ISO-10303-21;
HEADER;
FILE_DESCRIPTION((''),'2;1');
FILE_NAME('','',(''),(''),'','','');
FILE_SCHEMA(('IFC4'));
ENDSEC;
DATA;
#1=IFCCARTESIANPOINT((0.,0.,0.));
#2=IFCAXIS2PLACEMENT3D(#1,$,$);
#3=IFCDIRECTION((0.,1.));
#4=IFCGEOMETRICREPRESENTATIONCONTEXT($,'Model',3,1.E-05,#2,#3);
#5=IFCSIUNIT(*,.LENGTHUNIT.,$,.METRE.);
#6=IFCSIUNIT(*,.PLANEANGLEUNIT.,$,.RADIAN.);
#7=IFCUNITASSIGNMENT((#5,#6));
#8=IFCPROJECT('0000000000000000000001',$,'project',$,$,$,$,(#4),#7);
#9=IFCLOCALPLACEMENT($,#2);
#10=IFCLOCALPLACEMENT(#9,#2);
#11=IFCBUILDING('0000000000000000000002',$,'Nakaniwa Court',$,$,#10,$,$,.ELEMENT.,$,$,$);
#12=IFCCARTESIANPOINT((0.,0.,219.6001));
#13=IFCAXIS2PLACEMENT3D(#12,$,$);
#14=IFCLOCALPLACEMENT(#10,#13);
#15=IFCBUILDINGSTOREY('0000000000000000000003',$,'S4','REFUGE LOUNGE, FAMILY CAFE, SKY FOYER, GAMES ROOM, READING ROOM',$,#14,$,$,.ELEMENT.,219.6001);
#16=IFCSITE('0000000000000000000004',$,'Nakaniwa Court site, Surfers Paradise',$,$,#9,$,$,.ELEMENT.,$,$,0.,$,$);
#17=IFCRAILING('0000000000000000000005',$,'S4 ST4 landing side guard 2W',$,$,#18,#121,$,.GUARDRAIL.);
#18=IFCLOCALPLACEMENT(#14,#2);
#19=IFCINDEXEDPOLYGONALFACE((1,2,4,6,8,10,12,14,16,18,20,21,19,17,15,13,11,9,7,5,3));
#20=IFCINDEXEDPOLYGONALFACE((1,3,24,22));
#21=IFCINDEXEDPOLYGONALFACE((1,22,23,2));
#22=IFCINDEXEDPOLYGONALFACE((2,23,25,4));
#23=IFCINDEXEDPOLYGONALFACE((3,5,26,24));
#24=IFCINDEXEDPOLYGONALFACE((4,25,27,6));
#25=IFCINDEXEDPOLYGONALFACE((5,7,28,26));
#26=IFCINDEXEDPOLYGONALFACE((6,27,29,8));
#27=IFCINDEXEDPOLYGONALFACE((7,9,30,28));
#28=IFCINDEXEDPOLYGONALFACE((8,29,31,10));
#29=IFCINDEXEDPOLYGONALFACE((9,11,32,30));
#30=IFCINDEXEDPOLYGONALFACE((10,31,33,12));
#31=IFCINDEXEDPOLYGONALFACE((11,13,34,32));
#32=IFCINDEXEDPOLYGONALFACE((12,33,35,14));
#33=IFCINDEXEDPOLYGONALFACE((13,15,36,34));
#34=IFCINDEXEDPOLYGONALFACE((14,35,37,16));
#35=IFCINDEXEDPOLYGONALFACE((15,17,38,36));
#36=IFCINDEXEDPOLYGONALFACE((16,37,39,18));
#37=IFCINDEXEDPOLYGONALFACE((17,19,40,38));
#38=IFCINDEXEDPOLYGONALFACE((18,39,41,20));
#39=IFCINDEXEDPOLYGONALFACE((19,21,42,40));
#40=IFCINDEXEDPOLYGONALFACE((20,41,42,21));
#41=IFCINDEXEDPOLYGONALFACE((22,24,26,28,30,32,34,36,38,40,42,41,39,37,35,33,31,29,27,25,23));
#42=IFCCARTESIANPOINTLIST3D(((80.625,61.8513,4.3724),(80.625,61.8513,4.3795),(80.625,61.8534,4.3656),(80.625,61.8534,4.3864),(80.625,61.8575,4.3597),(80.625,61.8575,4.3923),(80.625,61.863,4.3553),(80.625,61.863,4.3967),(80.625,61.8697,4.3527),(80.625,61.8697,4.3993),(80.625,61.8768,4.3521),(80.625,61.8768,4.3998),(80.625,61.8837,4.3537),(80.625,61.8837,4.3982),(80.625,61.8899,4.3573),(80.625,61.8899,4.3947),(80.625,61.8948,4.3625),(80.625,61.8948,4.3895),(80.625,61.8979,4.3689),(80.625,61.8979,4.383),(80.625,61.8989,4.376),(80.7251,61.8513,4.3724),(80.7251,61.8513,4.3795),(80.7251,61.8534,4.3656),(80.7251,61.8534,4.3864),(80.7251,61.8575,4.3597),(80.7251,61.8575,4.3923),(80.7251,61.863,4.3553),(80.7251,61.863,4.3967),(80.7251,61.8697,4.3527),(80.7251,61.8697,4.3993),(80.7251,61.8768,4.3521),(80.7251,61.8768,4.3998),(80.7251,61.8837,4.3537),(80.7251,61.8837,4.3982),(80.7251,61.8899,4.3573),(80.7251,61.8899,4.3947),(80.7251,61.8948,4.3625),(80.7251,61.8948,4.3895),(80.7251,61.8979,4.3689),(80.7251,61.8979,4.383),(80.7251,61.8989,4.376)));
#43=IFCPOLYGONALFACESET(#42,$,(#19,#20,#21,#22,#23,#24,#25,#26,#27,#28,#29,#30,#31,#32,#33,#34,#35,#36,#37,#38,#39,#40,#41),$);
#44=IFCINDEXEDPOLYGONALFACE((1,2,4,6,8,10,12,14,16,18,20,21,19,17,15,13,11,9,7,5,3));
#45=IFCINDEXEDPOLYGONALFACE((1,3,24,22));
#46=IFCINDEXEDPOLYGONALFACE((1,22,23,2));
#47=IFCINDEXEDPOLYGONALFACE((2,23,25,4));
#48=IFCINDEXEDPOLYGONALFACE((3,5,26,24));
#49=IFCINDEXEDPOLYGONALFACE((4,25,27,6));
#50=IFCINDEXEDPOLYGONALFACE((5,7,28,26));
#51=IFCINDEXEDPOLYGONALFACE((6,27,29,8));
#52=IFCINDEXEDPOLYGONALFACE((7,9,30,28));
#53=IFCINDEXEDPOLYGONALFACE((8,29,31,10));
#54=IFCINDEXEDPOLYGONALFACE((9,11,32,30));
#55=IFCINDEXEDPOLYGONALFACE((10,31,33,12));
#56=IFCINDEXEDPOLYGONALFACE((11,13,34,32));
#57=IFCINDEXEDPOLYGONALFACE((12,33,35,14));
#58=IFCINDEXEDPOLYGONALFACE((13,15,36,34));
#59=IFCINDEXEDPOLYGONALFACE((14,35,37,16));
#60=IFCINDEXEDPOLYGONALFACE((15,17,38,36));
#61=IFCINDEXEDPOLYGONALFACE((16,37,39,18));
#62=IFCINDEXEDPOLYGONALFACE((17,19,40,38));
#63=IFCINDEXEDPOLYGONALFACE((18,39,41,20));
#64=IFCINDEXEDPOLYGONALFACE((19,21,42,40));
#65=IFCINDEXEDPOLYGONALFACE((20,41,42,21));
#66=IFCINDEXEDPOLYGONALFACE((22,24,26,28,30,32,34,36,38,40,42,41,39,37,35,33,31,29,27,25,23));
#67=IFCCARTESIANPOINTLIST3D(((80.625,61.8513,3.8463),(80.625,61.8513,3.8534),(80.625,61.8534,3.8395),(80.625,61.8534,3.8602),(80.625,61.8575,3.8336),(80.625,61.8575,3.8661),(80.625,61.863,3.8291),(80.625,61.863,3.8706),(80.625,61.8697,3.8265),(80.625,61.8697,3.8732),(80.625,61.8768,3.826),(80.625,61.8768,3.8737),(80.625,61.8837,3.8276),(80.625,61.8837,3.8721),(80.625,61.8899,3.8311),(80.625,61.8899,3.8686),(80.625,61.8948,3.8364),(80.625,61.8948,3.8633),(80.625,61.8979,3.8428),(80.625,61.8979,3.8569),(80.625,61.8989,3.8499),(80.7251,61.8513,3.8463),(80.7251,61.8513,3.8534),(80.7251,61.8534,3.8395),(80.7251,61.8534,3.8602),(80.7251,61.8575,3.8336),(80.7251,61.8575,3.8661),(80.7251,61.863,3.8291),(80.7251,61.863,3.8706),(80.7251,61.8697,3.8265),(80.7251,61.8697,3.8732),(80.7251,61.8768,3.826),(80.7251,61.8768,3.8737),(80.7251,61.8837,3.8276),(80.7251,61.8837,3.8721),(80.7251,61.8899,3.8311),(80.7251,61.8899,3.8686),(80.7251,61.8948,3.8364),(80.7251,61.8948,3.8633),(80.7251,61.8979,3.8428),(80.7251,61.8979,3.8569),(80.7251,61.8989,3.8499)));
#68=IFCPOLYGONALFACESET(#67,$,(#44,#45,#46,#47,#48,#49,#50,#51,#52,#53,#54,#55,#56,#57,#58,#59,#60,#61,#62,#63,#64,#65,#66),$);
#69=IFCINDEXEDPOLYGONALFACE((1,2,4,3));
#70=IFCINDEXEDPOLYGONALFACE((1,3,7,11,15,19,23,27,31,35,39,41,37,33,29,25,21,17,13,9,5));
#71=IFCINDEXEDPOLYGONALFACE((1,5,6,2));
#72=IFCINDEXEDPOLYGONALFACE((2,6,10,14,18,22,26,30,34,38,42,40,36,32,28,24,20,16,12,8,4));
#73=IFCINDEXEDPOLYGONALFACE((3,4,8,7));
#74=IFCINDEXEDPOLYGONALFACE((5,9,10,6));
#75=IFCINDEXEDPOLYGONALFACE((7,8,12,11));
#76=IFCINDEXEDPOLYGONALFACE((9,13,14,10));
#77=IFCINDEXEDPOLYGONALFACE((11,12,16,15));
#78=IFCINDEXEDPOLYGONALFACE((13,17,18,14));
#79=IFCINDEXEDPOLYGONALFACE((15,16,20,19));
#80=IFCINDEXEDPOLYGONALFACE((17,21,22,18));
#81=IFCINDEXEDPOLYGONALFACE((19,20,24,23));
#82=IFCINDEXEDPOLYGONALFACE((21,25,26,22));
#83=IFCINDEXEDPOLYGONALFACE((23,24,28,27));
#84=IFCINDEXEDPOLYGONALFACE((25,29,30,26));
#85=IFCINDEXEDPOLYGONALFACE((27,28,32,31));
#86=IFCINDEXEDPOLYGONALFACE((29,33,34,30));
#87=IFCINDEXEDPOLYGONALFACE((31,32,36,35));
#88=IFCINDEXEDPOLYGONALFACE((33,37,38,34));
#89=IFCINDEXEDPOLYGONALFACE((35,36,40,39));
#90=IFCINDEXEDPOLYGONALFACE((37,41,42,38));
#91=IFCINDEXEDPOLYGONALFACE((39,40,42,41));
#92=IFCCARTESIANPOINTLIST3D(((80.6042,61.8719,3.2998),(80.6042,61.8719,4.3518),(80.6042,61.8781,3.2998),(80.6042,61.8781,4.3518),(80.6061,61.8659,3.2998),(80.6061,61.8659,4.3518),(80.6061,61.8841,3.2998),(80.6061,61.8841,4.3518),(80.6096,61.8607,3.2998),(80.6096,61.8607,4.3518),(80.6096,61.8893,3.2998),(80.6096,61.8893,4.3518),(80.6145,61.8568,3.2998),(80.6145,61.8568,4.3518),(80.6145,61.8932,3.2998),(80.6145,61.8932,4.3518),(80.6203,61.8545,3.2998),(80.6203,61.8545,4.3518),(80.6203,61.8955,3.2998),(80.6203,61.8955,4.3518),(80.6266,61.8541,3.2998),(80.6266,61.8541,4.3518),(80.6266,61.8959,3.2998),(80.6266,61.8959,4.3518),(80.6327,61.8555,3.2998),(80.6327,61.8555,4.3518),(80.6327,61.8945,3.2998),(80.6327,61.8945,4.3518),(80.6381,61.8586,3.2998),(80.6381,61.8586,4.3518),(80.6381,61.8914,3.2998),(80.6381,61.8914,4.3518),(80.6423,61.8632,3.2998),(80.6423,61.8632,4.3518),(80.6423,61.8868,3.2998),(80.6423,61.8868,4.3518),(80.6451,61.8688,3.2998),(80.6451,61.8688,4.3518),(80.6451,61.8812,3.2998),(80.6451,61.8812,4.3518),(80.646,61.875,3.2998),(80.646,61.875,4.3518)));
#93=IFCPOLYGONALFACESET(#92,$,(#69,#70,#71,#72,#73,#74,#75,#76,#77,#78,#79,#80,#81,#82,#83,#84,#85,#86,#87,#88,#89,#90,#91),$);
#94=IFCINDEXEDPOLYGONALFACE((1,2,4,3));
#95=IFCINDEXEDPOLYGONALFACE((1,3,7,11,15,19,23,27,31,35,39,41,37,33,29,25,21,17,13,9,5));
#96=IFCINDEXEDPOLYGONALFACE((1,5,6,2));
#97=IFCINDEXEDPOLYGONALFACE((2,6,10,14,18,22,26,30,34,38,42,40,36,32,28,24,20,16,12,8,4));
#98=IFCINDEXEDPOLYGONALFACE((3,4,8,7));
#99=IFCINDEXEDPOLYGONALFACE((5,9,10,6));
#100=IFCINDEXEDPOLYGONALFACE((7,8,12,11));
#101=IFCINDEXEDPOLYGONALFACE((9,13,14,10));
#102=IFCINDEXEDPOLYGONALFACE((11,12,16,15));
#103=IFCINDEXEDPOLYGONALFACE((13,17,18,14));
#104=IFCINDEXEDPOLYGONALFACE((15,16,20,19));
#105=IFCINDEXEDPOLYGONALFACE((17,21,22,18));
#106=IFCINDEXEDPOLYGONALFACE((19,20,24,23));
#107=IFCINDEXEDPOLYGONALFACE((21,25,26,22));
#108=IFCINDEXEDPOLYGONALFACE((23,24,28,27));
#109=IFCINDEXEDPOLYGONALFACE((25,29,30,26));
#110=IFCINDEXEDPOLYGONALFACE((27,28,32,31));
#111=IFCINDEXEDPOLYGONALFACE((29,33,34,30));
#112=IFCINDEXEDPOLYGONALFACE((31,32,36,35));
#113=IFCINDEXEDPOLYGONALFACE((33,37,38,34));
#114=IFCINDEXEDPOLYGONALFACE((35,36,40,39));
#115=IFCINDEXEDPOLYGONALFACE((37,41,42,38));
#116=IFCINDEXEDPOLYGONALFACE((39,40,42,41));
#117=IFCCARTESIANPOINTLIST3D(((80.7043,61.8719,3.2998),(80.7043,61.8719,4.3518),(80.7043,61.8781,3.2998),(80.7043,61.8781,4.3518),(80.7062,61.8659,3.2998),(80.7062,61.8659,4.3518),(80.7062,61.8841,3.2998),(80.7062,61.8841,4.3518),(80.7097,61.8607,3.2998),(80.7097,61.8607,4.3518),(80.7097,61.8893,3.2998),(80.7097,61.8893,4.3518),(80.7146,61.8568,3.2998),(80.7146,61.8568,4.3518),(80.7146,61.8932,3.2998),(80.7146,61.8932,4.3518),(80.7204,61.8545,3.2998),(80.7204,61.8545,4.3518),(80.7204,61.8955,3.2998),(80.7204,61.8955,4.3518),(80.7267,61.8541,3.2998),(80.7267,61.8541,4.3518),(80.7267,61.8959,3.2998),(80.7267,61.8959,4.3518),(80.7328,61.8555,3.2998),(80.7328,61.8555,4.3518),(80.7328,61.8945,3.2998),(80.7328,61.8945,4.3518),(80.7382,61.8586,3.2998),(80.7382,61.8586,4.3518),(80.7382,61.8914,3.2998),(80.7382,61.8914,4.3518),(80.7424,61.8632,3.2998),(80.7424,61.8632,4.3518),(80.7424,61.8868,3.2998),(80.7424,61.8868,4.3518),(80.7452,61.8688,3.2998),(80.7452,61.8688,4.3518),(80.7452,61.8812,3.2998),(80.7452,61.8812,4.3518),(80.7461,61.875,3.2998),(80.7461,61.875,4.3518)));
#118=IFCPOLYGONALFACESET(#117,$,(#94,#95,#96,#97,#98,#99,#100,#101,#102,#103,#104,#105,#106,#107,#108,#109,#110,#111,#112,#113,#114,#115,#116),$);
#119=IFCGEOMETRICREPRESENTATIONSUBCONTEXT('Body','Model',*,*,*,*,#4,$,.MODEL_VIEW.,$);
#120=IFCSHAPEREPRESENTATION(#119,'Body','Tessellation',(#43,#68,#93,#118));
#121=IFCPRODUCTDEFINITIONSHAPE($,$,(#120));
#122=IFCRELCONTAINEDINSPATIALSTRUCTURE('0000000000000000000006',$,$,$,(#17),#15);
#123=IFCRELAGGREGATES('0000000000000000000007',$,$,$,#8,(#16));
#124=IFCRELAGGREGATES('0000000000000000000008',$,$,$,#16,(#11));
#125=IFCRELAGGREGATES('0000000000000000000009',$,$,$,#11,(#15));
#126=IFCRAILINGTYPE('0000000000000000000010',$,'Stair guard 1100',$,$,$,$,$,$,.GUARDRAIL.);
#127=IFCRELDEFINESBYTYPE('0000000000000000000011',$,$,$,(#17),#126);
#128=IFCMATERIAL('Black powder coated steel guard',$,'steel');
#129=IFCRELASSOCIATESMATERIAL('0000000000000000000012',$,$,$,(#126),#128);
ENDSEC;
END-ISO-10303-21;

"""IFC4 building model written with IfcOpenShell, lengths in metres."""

from ifc_helpers import new_model, si_unit, direction, frame, origin, origin_2d, place, context, subcontext, project, spatial, circle, extrude, material, type_object, element, save


model = new_model("IFC4")

# Units and contexts
model_context = context("Model", 3, precision=1e-05, world=origin(), true_north=direction((0.0, 1.0)))
body_context = subcontext(model_context, "Body", "Model", "MODEL_VIEW")
ifc_project = project(units=[si_unit("LENGTHUNIT", "METRE"), si_unit("PLANEANGLEUNIT", "RADIAN")], contexts=[model_context])

# Site, building, storey
site_placement = place(None, origin())
site = spatial("IfcSite", under=ifc_project, at=site_placement, Name="Nakaniwa Court site, Surfers Paradise", CompositionType="ELEMENT", RefElevation=0.0)
building_placement = place(site_placement, origin())
building = spatial("IfcBuilding", under=site, at=building_placement, Name="Nakaniwa Court", CompositionType="ELEMENT")
storey_placement = place(building_placement, frame((0.0, 0.0, 219.6001)))
storey = spatial("IfcBuildingStorey", under=building, at=storey_placement, Name="S4", Description="REFUGE LOUNGE, FAMILY CAFE, SKY FOYER, GAMES ROOM, READING ROOM", CompositionType="ELEMENT", Elevation=219.6001)

# Railing
ifc_material_1 = material(Name="Black powder coated steel guard", Category="steel")
railing_type_1 = type_object("IfcRailingType", Name="Stair guard 1100", PredefinedType="GUARDRAIL", material=ifc_material_1)
railing_1_placement = place(storey_placement, frame((80.625, 61.875, 3.2998)))
element("IfcRailing", 1, at=railing_1_placement, inside=storey, type_object=railing_type_1, Name="S4 ST4 landing side guard 2W", PredefinedType="GUARDRAIL", context=body_context, shape_type="SweptSolid", body=[
    extrude(circle(Radius=0.0239, at=origin_2d()), frame((0.0, 0.0, 1.0762), z_axis=(1.0, 0.0, 0.0), x_axis=(0.0, 1.0, 0.0)), (0.0, 0.0, 1.0), 0.1001),
    extrude(circle(Radius=0.0239, at=origin_2d()), frame((0.0, 0.0, 0.55), z_axis=(1.0, 0.0, 0.0), x_axis=(0.0, 1.0, 0.0)), (0.0, 0.0, 1.0), 0.1001),
    extrude(circle(Radius=0.021, at=origin_2d()), origin(), (0.0, 0.0, 1.0), 1.052),
    extrude(circle(Radius=0.021, at=origin_2d()), frame((0.1001, 0.0, 0.0)), (0.0, 0.0, 1.0), 1.052),
])

save(model, "model.ifc")
